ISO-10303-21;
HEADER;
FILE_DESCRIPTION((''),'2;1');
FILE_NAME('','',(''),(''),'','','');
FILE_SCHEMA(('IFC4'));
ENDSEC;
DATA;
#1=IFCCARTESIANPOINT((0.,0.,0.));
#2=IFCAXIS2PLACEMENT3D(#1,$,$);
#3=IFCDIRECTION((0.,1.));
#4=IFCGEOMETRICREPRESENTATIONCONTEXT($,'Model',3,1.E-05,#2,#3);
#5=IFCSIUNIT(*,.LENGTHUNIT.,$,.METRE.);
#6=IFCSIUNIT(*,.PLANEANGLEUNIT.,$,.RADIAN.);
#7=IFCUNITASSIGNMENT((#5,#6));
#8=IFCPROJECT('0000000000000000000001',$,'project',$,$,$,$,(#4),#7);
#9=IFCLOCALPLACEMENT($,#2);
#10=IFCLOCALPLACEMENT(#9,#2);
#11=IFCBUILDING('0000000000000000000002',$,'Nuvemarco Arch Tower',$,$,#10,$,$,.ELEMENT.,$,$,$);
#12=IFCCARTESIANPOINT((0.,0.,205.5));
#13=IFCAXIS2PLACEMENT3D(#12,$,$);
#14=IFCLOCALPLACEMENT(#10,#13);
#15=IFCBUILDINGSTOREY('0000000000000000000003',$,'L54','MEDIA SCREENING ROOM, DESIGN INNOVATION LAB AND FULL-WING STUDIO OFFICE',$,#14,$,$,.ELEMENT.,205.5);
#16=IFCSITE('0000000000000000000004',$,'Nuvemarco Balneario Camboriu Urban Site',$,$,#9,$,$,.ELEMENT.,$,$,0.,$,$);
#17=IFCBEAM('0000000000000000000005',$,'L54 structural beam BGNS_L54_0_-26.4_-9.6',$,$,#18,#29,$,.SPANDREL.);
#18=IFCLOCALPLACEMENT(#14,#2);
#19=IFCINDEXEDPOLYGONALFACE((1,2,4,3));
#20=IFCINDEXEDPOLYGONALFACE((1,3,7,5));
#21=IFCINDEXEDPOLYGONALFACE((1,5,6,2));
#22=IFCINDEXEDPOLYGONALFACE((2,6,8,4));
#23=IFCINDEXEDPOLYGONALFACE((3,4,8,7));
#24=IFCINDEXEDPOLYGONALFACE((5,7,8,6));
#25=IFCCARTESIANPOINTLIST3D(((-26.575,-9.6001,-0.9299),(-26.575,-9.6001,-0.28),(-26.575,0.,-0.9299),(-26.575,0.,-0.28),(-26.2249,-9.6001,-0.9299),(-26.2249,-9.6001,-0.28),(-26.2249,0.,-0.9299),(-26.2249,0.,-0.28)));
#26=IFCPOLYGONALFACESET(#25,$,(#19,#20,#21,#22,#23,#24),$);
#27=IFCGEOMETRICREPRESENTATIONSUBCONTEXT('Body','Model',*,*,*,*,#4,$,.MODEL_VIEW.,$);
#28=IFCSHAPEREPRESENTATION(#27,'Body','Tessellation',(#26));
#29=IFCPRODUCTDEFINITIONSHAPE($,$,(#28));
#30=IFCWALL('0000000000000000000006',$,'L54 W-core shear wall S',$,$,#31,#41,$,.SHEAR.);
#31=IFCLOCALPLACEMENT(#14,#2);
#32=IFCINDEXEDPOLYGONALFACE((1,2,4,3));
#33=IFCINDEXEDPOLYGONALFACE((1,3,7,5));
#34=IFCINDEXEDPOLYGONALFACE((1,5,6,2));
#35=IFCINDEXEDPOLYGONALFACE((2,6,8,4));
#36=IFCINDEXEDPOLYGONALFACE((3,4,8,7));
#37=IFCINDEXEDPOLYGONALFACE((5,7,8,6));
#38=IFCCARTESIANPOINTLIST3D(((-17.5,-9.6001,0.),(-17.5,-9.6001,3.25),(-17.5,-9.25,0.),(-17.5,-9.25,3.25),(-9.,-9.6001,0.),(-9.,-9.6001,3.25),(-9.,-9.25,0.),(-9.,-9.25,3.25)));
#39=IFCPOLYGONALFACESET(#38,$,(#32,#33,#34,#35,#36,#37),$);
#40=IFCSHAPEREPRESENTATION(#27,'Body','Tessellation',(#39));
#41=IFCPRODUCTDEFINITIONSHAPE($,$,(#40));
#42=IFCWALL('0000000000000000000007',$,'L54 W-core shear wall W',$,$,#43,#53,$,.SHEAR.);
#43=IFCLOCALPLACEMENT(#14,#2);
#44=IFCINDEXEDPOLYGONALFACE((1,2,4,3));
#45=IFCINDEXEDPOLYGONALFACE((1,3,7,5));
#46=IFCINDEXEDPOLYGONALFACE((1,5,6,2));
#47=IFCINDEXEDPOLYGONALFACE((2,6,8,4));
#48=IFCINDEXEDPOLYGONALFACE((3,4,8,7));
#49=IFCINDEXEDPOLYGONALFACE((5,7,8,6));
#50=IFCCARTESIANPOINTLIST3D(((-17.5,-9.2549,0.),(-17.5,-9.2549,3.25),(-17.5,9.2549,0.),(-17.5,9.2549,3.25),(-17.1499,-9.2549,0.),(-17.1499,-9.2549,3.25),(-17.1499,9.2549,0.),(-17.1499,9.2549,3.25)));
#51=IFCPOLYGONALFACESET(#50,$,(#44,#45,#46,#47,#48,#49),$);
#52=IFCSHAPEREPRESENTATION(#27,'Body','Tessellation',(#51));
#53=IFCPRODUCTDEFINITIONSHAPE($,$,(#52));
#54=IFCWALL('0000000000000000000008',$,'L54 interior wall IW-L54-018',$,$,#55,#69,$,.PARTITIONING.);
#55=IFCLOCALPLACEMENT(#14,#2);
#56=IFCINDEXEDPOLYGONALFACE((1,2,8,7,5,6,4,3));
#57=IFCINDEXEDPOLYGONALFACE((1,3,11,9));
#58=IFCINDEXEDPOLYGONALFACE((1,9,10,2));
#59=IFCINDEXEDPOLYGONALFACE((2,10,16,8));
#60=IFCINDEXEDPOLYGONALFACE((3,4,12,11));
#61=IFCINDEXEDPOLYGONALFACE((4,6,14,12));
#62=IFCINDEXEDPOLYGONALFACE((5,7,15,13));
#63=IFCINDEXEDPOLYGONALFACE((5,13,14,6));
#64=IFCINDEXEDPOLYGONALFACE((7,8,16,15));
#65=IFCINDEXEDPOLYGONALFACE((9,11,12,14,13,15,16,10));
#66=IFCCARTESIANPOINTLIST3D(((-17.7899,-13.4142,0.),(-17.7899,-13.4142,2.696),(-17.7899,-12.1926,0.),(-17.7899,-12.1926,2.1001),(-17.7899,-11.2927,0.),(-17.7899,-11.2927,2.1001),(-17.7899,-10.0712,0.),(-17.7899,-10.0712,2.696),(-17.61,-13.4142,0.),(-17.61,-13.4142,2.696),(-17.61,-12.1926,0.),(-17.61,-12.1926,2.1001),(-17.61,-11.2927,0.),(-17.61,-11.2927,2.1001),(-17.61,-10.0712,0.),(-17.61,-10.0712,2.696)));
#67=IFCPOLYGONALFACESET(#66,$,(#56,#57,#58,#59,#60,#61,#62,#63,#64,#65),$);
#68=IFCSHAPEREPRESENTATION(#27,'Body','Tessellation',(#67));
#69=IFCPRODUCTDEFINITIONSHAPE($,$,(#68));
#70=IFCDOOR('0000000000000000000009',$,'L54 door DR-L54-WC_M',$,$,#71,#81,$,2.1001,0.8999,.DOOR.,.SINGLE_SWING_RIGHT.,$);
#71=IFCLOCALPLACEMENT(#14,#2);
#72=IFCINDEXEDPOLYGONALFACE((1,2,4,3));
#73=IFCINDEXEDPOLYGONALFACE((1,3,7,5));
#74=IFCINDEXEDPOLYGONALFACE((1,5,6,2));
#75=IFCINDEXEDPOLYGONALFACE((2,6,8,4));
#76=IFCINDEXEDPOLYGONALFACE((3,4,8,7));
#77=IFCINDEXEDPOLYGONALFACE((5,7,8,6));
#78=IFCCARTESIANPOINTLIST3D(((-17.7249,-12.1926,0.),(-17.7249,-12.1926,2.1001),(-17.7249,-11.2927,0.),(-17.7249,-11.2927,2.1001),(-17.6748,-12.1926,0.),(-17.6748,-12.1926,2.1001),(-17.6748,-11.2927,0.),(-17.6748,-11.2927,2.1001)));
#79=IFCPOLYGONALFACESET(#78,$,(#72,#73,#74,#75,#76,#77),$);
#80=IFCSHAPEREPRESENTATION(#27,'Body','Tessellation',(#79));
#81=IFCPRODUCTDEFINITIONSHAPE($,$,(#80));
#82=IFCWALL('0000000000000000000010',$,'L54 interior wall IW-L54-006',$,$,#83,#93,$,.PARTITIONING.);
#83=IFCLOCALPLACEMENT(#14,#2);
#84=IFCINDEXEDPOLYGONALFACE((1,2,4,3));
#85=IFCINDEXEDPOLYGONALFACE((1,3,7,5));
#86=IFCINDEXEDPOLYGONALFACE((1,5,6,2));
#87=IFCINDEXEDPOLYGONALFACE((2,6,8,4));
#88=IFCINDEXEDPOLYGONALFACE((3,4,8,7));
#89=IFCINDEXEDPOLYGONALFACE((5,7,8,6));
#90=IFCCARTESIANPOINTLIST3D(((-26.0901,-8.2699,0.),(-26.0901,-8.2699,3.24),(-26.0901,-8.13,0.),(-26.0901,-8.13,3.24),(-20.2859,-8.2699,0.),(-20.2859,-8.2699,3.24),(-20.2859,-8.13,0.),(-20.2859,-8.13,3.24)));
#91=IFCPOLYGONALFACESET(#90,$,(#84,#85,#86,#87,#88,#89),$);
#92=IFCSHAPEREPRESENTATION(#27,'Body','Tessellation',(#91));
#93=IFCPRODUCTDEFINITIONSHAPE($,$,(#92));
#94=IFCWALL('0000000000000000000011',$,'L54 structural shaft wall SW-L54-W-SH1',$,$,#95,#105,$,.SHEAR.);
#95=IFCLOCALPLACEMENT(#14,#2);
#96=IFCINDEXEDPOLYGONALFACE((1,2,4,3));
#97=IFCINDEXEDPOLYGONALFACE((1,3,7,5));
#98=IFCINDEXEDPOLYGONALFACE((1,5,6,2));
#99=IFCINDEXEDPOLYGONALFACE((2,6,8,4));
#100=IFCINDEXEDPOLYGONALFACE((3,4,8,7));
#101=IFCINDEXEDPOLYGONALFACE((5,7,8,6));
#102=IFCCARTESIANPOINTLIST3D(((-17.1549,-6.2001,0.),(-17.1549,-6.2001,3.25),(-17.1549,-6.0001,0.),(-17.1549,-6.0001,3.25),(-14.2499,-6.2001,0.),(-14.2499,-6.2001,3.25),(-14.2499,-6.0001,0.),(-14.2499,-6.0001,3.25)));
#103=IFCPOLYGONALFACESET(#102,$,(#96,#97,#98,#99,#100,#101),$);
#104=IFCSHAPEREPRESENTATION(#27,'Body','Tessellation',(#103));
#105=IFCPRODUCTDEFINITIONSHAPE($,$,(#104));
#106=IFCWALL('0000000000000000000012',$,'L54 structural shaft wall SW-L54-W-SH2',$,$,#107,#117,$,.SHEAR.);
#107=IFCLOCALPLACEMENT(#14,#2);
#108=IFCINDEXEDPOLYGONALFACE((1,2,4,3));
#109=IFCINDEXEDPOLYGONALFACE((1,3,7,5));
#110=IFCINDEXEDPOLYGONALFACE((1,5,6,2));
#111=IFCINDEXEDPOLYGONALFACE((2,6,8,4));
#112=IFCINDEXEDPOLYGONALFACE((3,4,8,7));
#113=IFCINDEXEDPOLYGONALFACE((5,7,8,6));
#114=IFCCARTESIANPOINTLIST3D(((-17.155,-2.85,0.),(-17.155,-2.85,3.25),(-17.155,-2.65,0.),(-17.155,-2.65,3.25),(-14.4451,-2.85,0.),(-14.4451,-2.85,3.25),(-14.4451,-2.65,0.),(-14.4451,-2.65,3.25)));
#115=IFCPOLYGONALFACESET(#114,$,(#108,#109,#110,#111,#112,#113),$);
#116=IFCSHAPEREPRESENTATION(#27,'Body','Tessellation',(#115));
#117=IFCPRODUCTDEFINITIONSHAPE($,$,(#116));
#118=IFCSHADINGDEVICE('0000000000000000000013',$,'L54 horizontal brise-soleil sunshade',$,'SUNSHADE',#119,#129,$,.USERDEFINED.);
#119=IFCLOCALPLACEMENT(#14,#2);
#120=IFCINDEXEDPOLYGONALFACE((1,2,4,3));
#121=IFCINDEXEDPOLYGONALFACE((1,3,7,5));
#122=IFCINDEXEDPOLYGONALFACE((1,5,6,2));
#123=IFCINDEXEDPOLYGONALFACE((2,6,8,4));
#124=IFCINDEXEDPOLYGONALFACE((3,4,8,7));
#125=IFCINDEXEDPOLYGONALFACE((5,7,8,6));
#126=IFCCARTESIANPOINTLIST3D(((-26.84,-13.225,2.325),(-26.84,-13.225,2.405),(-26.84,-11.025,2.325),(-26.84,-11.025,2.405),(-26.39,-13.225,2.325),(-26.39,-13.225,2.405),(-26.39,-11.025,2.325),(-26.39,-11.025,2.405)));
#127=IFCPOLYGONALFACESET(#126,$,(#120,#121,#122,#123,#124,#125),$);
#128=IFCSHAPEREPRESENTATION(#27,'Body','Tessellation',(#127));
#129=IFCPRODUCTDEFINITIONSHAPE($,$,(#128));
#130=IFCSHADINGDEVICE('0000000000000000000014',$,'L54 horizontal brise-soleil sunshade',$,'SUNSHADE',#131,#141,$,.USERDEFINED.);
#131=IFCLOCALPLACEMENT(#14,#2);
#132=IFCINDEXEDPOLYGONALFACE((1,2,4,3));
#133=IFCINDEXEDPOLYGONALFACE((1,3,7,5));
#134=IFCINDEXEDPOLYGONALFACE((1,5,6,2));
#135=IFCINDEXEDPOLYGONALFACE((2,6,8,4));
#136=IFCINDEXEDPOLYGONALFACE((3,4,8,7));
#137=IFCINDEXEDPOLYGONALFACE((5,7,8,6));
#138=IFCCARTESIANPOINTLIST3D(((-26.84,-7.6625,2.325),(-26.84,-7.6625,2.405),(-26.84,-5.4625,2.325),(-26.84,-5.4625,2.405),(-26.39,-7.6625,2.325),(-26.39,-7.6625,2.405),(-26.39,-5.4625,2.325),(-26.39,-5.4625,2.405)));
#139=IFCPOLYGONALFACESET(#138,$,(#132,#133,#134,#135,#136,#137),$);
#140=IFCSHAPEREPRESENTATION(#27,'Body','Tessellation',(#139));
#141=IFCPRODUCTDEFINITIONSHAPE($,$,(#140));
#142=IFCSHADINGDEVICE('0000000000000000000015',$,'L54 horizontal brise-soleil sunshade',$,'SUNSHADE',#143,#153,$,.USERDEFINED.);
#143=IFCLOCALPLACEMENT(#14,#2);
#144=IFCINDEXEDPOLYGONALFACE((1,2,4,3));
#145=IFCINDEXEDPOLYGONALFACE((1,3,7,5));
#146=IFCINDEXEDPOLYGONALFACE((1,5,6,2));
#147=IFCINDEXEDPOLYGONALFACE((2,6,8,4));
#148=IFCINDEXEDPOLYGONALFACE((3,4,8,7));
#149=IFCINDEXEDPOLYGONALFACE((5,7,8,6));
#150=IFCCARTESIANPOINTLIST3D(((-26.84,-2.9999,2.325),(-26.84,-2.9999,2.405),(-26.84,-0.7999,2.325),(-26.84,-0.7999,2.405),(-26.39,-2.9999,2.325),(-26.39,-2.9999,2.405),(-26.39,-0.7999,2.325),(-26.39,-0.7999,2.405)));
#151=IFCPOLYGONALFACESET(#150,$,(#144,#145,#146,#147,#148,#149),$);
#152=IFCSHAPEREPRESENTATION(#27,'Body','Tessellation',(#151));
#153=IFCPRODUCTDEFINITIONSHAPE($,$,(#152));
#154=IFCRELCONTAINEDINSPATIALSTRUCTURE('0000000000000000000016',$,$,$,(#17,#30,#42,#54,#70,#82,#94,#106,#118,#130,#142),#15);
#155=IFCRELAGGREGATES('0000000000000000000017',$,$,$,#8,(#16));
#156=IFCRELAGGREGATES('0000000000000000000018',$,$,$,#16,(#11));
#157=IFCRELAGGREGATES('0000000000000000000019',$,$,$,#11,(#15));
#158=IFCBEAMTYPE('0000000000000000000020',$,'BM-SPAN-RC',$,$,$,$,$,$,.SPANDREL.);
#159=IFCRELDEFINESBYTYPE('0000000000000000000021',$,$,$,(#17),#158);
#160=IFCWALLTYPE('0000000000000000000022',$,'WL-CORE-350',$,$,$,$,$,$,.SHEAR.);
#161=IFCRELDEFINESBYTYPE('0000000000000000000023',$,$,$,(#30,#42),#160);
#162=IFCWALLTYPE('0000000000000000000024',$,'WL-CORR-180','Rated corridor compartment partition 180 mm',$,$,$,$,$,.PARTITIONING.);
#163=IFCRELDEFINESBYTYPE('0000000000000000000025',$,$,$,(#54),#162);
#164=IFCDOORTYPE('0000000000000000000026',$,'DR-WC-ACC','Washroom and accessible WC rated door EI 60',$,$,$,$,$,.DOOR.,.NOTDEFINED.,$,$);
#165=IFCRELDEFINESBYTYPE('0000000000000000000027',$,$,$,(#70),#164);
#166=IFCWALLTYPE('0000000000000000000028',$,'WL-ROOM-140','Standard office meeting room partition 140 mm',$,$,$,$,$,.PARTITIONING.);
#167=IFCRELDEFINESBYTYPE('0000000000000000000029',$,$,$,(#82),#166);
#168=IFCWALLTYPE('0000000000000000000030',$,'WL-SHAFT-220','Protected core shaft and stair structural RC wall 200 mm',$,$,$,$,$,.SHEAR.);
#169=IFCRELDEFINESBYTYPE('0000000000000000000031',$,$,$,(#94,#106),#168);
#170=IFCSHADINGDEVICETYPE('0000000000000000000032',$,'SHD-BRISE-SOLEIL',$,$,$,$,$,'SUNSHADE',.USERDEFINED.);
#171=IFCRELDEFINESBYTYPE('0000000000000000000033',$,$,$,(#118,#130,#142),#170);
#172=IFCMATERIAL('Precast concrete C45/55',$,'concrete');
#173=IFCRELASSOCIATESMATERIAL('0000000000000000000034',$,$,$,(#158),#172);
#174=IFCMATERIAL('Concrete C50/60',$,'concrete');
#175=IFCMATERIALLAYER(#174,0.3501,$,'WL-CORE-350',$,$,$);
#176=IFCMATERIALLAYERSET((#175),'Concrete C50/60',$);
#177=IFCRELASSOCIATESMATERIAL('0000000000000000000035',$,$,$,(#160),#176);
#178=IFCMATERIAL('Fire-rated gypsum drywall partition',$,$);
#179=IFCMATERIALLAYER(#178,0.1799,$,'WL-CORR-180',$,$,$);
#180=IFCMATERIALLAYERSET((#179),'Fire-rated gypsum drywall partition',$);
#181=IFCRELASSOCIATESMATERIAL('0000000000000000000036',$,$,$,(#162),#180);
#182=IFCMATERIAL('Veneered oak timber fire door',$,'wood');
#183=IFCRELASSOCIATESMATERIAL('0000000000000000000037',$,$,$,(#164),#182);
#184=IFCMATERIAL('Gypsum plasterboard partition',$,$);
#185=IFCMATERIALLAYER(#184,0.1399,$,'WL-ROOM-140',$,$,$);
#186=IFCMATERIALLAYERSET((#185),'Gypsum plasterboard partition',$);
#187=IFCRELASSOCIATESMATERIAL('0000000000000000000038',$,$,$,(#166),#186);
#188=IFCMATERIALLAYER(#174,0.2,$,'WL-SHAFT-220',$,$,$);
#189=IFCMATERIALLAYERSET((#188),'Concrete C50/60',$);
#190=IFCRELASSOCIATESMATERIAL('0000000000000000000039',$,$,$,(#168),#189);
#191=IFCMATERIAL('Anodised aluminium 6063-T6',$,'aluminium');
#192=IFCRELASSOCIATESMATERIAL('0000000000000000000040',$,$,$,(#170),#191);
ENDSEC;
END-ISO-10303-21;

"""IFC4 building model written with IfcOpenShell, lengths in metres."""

from ifc_helpers import new_model, si_unit, direction, frame, frame_2d, origin, origin_2d, place, context, subcontext, project, spatial, rectangle, extrude, source, transform, mapped, material, layer, layer_set, material_profile, profile_set, type_object, type_shapes, element, fill, save


model = new_model("IFC4")

# Units and contexts
model_context = context("Model", 3, precision=1e-05, world=origin(), true_north=direction((0.0, 1.0)))
body_context = subcontext(model_context, "Body", "Model", "MODEL_VIEW")
ifc_project = project(units=[si_unit("LENGTHUNIT", "METRE"), si_unit("PLANEANGLEUNIT", "RADIAN")], contexts=[model_context])

# Site, building, storey
site_placement = place(None, origin())
site = spatial("IfcSite", under=ifc_project, at=site_placement, Name="Nuvemarco Balneario Camboriu Urban Site", CompositionType="ELEMENT", RefElevation=0.0)
building_placement = place(site_placement, origin())
building = spatial("IfcBuilding", under=site, at=building_placement, Name="Nuvemarco Arch Tower", CompositionType="ELEMENT")
storey_placement = place(building_placement, frame((0.0, 0.0, 205.5)))
storey = spatial("IfcBuildingStorey", under=building, at=storey_placement, Name="L54", Description="MEDIA SCREENING ROOM, DESIGN INNOVATION LAB AND FULL-WING STUDIO OFFICE", CompositionType="ELEMENT", Elevation=205.5)

# Shared definitions
ifc_material_1 = material(Name="Concrete C50/60", Category="concrete")

# Beam
ifc_material_2 = material(Name="Precast concrete C45/55", Category="concrete")
ifc_material_profile_1 = material_profile(ifc_material_2, rectangle(XDim=0.3501, YDim=0.6499, at=origin_2d()), Name="PC-SP-350x650")
ifc_profile_set_1 = profile_set([ifc_material_profile_1], Name="Precast concrete C45/55")
beam_type_1 = type_object("IfcBeamType", Name="BM-SPAN-RC", PredefinedType="SPANDREL", material=ifc_profile_set_1)
beam_1_placement = place(storey_placement, frame((-26.3999, -9.6001, -0.605), z_axis=(0.0, 1.0, 0.0), x_axis=(-1.0, 0.0, 0.0)))
element("IfcBeam", 1, at=beam_1_placement, inside=storey, type_object=beam_type_1, Name="L54 structural beam BGNS_L54_0_-26.4_-9.6", PredefinedType="SPANDREL", context=body_context, shape_type="SweptSolid", body=[
    extrude(rectangle(XDim=0.3501, YDim=0.6499, at=origin_2d()), origin(), (0.0, 0.0, 1.0), 9.6001),
])

# Walls
ifc_layer_1 = layer(ifc_material_1, 0.3501, Name="WL-CORE-350")
ifc_layer_set_1 = layer_set([ifc_layer_1], Name="Concrete C50/60")
wall_type_1 = type_object("IfcWallType", Name="WL-CORE-350", PredefinedType="SHEAR", material=ifc_layer_set_1)
wall_1_placement = place(storey_placement, frame((-17.5, -9.425, 0.0), z_axis=(0.0, 0.0, 1.0), x_axis=(1.0, 0.0, 0.0)))
element("IfcWall", 2, at=wall_1_placement, inside=storey, type_object=wall_type_1, Name="L54 W-core shear wall S", PredefinedType="SHEAR", context=body_context, shape_type="SweptSolid", body=[
    extrude(rectangle(XDim=8.5, YDim=0.3501, at=frame_2d((4.25, 0.0))), origin(), (0.0, 0.0, 1.0), 3.25),
])
wall_2_placement = place(storey_placement, frame((-17.325, -9.2549, 0.0), z_axis=(0.0, 0.0, 1.0), x_axis=(0.0, 1.0, 0.0)))
element("IfcWall", 3, at=wall_2_placement, inside=storey, type_object=wall_type_1, Name="L54 W-core shear wall W", PredefinedType="SHEAR", context=body_context, shape_type="SweptSolid", body=[
    extrude(rectangle(XDim=18.5098, YDim=0.3501, at=frame_2d((9.2549, 0.0))), origin(), (0.0, 0.0, 1.0), 3.25),
])

# Wall, opening, door
ifc_material_3 = material(Name="Fire-rated gypsum drywall partition")
ifc_layer_2 = layer(ifc_material_3, 0.1799, Name="WL-CORR-180")
ifc_layer_set_2 = layer_set([ifc_layer_2], Name="Fire-rated gypsum drywall partition")
wall_type_2 = type_object("IfcWallType", Name="WL-CORR-180", Description="Rated corridor compartment partition 180 mm", PredefinedType="PARTITIONING", material=ifc_layer_set_2)
wall_3_placement = place(storey_placement, frame((-17.7, -13.4141, 0.0), z_axis=(0.0, 0.0, 1.0), x_axis=(0.0, 1.0, 0.0)))
wall_3 = element("IfcWall", 4, at=wall_3_placement, inside=storey, type_object=wall_type_2, Name="L54 interior wall IW-L54-018", PredefinedType="PARTITIONING", context=body_context, shape_type="SweptSolid", body=[
    extrude(rectangle(XDim=3.343, YDim=0.1799, at=frame_2d((1.6714, 0.0))), origin(), (0.0, 0.0, 1.0), 2.696),
])
opening_placement = place(wall_3_placement, frame((1.2214, 0.0, 0.0)))
opening = element("IfcOpeningElement", 5, at=opening_placement, cuts=wall_3, PredefinedType="OPENING", context=body_context, shape_type="SweptSolid", body=[
    extrude(rectangle(XDim=0.8999, YDim=2.1001, at=frame_2d((0.45, 1.05))), frame((0.0, 0.0999, 0.0), z_axis=(0.0, -1.0, 0.0), x_axis=(1.0, 0.0, 0.0)), (0.0, 0.0, 1.0), 0.2),
])
ifc_material_4 = material(Name="Veneered oak timber fire door", Category="wood")
door_type = type_object("IfcDoorType", Name="DR-WC-ACC", Description="Washroom and accessible WC rated door EI 60", OperationType="NOTDEFINED", PredefinedType="DOOR", material=ifc_material_4)
shared_shape_1 = source(origin(), body_context, "Body", "SweptSolid", [
    extrude(rectangle(XDim=0.8999, YDim=2.1001, at=frame_2d((0.45, 1.05))), frame((0.0, 0.0249, 0.0), z_axis=(0.0, -1.0, 0.0), x_axis=(1.0, 0.0, 0.0)), (0.0, 0.0, 1.0), 0.05),
])
type_shapes(door_type, [shared_shape_1])
door_placement = place(opening_placement, origin())
door = element("IfcDoor", 6, at=door_placement, inside=storey, type_object=door_type, Name="L54 door DR-L54-WC_M", OperationType="SINGLE_SWING_RIGHT", OverallHeight=2.1001, OverallWidth=0.8999, PredefinedType="DOOR", context=body_context, shape_type="MappedRepresentation", body=[
    mapped(shared_shape_1, transform((0.0, 0.0, 0.0), scale=1.0)),
])
fill(opening, door)

# Walls
ifc_material_5 = material(Name="Gypsum plasterboard partition")
ifc_layer_3 = layer(ifc_material_5, 0.1399, Name="WL-ROOM-140")
ifc_layer_set_3 = layer_set([ifc_layer_3], Name="Gypsum plasterboard partition")
wall_type_3 = type_object("IfcWallType", Name="WL-ROOM-140", Description="Standard office meeting room partition 140 mm", PredefinedType="PARTITIONING", material=ifc_layer_set_3)
wall_4_placement = place(storey_placement, frame((-26.0901, -8.2, 0.0), z_axis=(0.0, 0.0, 1.0), x_axis=(1.0, 0.0, 0.0)))
element("IfcWall", 7, at=wall_4_placement, inside=storey, type_object=wall_type_3, Name="L54 interior wall IW-L54-006", PredefinedType="PARTITIONING", context=body_context, shape_type="SweptSolid", body=[
    extrude(rectangle(XDim=5.8042, YDim=0.1399, at=frame_2d((2.9021, 0.0))), origin(), (0.0, 0.0, 1.0), 3.24),
])
ifc_layer_4 = layer(ifc_material_1, 0.2, Name="WL-SHAFT-220")
ifc_layer_set_4 = layer_set([ifc_layer_4], Name="Concrete C50/60")
wall_type_4 = type_object("IfcWallType", Name="WL-SHAFT-220", Description="Protected core shaft and stair structural RC wall 200 mm", PredefinedType="SHEAR", material=ifc_layer_set_4)
wall_5_placement = place(storey_placement, frame((-17.155, -6.1001, 0.0), z_axis=(0.0, 0.0, 1.0), x_axis=(1.0, 0.0, 0.0)))
element("IfcWall", 8, at=wall_5_placement, inside=storey, type_object=wall_type_4, Name="L54 structural shaft wall SW-L54-W-SH1", PredefinedType="SHEAR", context=body_context, shape_type="SweptSolid", body=[
    extrude(rectangle(XDim=2.905, YDim=0.2, at=frame_2d((1.4526, 0.0))), origin(), (0.0, 0.0, 1.0), 3.25),
])
wall_6_placement = place(storey_placement, frame((-17.155, -2.75, 0.0), z_axis=(0.0, 0.0, 1.0), x_axis=(1.0, 0.0, 0.0)))
element("IfcWall", 9, at=wall_6_placement, inside=storey, type_object=wall_type_4, Name="L54 structural shaft wall SW-L54-W-SH2", PredefinedType="SHEAR", context=body_context, shape_type="SweptSolid", body=[
    extrude(rectangle(XDim=2.71, YDim=0.2, at=frame_2d((1.355, 0.0))), origin(), (0.0, 0.0, 1.0), 3.25),
])

# Shading devices
ifc_material_6 = material(Name="Anodised aluminium 6063-T6", Category="aluminium")
shading_device_type = type_object("IfcShadingDeviceType", Name="SHD-BRISE-SOLEIL", ElementType="SUNSHADE", PredefinedType="USERDEFINED", material=ifc_material_6)
shared_shape_2 = source(origin(), body_context, "Body", "SweptSolid", [
    extrude(rectangle(XDim=2.2, YDim=0.45, at=origin_2d()), origin(), (0.0, 0.0, 1.0), 0.0801),
])
type_shapes(shading_device_type, [shared_shape_2])
for number, where, z_axis, x_axis, name in (
    (10, (-26.615, -12.125, 2.325), (0.0, 0.0, 1.0), (0.0, 1.0, 0.0), "L54 horizontal brise-soleil sunshade"),
    (11, (-26.615, -6.5625, 2.325), (0.0, 0.0, 1.0), (0.0, 1.0, 0.0), "L54 horizontal brise-soleil sunshade"),
    (12, (-26.615, -1.8999, 2.325), (0.0, 0.0, 1.0), (0.0, 1.0, 0.0), "L54 horizontal brise-soleil sunshade"),
):
    element("IfcShadingDevice", number, at=place(storey_placement, frame(where, z_axis=z_axis, x_axis=x_axis)), inside=storey, type_object=shading_device_type, Name=name, ObjectType="SUNSHADE", PredefinedType="USERDEFINED", context=body_context, shape_type="MappedRepresentation", body=[
        mapped(shared_shape_2, transform((0.0, 0.0, 0.0), scale=1.0)),
    ])

save(model, "model.ifc")
